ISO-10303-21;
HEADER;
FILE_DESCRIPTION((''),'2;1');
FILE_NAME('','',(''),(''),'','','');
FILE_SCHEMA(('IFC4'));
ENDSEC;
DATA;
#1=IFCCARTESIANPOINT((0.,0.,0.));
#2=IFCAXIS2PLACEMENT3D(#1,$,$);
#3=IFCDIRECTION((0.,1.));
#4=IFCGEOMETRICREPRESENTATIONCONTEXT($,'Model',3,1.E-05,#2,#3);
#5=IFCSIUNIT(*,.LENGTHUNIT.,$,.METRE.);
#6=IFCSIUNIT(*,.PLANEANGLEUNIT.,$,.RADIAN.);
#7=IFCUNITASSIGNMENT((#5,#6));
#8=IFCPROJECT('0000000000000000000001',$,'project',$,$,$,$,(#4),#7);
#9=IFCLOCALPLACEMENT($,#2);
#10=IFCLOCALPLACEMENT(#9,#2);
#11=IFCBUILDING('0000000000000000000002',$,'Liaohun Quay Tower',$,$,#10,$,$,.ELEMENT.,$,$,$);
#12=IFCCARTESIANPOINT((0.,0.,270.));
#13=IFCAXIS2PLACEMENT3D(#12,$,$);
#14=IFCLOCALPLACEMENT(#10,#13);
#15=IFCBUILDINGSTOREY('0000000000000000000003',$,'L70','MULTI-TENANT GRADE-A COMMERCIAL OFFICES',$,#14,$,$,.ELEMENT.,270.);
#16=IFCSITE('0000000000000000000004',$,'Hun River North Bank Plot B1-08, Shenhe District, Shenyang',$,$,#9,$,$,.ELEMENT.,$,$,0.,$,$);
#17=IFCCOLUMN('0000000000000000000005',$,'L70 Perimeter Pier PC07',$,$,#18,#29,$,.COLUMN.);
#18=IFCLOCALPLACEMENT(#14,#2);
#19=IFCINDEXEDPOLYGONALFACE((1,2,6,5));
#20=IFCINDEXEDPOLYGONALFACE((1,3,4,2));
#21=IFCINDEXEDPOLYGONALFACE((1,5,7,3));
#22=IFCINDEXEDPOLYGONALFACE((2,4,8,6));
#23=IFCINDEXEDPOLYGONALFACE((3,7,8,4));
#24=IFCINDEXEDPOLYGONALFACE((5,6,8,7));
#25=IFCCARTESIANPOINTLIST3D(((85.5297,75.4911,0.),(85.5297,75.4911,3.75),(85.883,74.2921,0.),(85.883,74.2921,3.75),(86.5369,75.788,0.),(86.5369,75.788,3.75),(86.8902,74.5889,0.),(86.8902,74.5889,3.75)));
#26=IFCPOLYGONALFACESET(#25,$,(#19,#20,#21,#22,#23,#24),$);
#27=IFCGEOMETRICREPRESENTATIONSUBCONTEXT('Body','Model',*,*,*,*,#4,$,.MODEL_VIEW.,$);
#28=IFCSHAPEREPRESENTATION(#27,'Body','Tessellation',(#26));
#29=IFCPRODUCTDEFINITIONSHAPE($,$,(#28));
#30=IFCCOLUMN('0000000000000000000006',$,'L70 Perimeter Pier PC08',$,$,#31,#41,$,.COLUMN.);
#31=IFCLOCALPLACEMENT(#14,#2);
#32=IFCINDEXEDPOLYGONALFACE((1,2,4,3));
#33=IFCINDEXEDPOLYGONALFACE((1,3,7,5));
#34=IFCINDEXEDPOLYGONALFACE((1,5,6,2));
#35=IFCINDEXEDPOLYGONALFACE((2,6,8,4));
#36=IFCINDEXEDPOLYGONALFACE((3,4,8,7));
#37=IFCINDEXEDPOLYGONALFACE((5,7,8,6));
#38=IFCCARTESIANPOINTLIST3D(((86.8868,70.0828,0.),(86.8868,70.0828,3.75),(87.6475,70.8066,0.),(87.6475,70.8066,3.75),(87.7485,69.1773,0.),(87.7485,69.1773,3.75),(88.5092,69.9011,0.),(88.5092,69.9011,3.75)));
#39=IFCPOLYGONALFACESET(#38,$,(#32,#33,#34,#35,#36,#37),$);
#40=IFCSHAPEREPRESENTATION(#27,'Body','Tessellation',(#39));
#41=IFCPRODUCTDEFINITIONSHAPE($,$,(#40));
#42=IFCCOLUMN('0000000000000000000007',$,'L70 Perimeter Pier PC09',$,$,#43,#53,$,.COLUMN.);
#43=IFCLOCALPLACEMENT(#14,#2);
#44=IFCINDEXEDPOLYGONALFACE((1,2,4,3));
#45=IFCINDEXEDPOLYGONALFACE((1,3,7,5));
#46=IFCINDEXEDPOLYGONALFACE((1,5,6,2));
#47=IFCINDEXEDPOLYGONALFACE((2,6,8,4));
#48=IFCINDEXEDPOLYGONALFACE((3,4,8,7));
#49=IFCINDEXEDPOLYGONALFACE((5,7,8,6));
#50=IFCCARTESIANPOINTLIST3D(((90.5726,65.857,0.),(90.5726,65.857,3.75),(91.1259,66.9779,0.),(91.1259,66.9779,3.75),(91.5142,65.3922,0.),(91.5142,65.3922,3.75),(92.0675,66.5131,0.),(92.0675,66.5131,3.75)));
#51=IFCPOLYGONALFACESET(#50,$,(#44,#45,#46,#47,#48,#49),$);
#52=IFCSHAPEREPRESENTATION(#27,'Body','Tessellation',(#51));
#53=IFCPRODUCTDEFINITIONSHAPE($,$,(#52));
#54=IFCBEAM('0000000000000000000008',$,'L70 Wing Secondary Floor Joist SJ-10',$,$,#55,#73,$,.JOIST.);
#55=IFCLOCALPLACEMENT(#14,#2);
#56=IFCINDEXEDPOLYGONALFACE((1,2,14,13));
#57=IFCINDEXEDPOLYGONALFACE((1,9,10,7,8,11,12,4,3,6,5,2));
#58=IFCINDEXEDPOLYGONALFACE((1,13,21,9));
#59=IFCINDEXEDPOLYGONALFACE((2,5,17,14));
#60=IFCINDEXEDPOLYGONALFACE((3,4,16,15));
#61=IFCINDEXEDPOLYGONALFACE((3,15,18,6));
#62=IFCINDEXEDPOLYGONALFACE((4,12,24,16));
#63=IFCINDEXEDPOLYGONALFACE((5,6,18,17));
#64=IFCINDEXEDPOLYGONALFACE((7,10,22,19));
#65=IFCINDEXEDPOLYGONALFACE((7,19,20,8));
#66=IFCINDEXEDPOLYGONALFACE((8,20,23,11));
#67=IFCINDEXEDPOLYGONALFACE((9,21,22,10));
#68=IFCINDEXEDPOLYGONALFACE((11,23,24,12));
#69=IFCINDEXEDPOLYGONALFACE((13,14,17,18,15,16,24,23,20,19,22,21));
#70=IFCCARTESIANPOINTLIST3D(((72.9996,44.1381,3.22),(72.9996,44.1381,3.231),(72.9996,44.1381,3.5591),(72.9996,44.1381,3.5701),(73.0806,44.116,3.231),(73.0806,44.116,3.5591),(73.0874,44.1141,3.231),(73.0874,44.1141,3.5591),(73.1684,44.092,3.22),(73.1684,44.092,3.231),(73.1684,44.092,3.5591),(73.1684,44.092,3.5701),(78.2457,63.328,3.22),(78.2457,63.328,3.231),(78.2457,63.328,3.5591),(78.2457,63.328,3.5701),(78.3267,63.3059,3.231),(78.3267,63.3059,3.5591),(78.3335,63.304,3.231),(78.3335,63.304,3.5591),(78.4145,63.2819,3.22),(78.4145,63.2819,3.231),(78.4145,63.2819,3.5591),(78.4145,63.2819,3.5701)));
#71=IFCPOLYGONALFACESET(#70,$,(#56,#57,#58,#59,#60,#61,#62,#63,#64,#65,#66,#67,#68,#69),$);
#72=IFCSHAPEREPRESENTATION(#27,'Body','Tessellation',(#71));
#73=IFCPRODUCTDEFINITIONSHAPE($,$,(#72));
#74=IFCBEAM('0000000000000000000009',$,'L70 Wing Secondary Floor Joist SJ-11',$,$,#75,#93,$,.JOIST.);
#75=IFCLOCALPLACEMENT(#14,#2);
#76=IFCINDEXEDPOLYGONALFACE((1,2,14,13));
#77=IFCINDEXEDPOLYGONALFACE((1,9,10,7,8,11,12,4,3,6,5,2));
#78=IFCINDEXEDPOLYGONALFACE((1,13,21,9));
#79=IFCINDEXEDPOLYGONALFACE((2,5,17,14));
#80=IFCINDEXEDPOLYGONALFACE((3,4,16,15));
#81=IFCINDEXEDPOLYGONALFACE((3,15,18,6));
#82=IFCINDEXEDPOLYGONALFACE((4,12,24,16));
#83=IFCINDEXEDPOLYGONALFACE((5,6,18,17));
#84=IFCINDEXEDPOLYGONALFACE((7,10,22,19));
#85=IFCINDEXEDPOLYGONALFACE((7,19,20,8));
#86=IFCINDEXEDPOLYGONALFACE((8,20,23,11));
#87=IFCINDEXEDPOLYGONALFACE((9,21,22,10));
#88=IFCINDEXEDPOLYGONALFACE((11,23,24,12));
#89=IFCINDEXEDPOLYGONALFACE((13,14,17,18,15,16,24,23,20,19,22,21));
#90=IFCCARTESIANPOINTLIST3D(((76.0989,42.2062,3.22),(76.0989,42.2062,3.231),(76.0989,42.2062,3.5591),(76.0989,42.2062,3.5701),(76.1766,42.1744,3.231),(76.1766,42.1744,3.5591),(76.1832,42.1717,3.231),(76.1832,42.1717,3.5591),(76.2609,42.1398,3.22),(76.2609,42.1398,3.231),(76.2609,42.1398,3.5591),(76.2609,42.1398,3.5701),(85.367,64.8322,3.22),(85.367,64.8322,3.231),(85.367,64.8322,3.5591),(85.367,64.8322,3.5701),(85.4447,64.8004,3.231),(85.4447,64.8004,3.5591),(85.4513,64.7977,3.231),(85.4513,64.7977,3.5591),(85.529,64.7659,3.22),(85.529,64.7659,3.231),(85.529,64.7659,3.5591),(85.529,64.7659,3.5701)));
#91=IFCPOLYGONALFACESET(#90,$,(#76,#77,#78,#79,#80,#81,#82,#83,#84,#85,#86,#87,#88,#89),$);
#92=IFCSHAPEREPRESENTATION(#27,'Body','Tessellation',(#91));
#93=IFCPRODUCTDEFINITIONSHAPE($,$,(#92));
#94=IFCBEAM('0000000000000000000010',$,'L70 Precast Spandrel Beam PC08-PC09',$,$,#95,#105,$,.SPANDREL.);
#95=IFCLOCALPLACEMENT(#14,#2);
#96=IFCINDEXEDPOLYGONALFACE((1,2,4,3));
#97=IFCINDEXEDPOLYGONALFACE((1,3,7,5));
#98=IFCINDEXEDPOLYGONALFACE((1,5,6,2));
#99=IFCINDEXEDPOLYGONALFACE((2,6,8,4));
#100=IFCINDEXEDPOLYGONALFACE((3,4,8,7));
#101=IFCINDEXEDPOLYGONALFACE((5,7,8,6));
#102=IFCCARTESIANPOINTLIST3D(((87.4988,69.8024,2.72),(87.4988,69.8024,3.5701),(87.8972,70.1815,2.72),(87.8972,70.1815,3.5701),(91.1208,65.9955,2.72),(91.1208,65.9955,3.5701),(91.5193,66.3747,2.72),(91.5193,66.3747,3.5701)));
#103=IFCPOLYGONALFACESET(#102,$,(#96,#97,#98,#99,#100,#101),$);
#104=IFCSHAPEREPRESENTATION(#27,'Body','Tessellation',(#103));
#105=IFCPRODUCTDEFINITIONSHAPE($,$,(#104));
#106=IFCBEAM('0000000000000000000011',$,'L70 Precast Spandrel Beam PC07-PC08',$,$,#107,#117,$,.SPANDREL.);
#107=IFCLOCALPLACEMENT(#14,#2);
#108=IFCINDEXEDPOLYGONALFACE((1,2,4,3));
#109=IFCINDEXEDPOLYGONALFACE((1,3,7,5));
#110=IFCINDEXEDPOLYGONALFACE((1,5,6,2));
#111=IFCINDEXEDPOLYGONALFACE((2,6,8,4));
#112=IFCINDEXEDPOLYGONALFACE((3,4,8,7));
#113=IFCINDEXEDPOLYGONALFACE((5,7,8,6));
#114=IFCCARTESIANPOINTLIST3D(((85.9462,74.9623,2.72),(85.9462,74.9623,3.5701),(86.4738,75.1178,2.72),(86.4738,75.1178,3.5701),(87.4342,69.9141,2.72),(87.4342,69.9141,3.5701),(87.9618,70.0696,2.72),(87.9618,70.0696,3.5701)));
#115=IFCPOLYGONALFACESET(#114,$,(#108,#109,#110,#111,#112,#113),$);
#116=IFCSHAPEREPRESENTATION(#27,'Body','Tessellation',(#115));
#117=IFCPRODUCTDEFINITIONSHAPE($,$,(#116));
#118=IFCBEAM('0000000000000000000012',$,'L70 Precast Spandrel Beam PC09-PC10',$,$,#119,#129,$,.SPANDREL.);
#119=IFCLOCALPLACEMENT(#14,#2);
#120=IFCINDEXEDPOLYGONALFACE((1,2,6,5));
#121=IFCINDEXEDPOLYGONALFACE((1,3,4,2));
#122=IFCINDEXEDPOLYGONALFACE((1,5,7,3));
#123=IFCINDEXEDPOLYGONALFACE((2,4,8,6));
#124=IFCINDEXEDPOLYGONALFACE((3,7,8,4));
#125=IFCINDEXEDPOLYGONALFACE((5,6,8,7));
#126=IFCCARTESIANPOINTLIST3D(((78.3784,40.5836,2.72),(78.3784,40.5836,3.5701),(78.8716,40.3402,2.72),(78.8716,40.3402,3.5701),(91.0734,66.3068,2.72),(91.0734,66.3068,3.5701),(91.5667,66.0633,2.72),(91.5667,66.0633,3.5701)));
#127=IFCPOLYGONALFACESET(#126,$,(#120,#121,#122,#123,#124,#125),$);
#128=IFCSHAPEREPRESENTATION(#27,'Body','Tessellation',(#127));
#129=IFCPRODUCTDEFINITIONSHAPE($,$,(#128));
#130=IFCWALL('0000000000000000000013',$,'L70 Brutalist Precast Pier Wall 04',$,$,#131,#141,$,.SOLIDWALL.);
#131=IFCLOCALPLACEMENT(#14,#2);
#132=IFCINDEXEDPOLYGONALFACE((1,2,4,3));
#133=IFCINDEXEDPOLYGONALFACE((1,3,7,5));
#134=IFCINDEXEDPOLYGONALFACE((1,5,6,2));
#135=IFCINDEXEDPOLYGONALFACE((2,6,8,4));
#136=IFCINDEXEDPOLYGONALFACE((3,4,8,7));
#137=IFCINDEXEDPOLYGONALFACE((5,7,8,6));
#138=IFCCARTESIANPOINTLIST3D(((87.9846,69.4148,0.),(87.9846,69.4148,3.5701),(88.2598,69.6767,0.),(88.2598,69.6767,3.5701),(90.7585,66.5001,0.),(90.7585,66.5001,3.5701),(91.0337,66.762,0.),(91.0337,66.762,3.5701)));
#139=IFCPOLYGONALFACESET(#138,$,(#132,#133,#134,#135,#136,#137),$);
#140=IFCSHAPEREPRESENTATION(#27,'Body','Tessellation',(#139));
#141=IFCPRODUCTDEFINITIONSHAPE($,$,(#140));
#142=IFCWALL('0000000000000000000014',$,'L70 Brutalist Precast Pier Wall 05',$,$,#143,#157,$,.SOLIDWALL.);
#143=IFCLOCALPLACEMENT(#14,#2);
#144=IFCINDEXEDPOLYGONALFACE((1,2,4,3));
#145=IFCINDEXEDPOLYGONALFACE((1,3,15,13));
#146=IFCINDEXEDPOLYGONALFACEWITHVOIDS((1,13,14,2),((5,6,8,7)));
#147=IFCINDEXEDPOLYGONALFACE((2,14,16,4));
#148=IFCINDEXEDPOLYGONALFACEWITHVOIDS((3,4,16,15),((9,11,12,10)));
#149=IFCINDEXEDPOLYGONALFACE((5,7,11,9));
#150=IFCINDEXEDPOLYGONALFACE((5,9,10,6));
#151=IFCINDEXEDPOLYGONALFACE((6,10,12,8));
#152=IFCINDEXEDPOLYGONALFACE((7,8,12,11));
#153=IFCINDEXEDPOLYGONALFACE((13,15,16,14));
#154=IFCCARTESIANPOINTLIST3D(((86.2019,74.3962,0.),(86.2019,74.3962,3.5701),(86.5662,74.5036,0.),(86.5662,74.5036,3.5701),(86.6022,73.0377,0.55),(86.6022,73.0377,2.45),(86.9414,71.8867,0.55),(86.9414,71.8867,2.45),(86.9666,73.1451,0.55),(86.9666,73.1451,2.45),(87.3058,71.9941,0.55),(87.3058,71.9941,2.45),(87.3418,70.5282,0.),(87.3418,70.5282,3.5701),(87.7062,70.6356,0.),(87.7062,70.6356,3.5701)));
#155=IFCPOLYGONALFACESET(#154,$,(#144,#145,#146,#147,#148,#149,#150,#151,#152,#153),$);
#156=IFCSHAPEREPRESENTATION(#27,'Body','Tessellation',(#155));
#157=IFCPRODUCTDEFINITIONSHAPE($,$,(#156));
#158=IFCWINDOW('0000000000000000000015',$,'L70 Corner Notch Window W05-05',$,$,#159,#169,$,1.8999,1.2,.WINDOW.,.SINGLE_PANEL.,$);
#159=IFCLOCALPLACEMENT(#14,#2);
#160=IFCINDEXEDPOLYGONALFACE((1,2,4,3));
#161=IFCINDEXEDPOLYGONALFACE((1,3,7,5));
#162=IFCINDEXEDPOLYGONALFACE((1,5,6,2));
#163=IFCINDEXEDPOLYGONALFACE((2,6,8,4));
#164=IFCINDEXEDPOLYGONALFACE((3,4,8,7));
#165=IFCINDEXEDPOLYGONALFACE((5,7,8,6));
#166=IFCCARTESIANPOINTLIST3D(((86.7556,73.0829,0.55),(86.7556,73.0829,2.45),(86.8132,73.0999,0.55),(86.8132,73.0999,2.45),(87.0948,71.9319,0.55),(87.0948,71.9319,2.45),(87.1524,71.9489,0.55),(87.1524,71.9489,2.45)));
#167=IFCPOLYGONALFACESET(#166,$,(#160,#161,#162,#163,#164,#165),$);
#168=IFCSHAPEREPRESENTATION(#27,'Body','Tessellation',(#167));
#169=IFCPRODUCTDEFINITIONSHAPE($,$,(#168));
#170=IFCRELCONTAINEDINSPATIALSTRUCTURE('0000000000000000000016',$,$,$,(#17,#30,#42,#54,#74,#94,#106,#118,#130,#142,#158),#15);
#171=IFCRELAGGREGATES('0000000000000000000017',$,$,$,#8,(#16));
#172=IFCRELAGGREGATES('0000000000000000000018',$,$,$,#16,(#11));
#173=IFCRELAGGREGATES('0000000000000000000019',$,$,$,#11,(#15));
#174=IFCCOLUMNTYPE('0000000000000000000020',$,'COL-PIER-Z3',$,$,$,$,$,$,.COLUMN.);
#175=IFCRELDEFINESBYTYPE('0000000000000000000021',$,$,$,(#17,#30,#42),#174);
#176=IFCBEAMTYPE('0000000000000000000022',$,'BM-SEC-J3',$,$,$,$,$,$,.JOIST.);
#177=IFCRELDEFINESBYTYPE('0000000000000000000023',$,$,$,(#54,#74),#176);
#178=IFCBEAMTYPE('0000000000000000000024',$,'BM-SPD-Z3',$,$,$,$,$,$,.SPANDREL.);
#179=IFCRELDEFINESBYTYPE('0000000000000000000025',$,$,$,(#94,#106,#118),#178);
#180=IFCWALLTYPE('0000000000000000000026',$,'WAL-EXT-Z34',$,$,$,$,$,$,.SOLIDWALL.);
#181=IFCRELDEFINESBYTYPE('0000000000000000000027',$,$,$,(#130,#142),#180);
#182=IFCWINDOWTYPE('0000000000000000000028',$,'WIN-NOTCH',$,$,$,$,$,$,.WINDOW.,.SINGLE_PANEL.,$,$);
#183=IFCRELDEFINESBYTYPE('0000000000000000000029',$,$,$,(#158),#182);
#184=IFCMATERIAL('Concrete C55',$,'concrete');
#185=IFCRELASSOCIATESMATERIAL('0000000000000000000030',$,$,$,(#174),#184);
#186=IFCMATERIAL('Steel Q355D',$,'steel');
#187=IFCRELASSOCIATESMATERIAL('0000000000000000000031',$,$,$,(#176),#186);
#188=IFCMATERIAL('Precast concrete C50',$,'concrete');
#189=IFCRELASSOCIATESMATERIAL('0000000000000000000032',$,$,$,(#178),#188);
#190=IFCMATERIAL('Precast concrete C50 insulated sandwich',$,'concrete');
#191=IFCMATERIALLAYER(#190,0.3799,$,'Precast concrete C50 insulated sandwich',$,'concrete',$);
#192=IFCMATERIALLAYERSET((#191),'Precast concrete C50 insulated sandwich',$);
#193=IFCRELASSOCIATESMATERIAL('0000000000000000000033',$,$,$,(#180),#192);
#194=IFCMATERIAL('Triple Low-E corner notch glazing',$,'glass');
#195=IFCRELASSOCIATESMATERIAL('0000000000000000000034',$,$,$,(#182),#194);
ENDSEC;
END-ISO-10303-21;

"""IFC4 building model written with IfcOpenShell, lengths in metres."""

from ifc_helpers import new_model, si_unit, direction, frame, frame_2d, origin, origin_2d, place, context, subcontext, project, spatial, rectangle, i_section, extrude, source, transform, mapped, material, layer, layer_set, material_profile, profile_set, type_object, element, fill, save


model = new_model("IFC4")

# Units and contexts
model_context = context("Model", 3, precision=1e-05, world=origin(), true_north=direction((0.0, 1.0)))
body_context = subcontext(model_context, "Body", "Model", "MODEL_VIEW")
ifc_project = project(units=[si_unit("LENGTHUNIT", "METRE"), si_unit("PLANEANGLEUNIT", "RADIAN")], contexts=[model_context])

# Site, building, storey
site_placement = place(None, origin())
site = spatial("IfcSite", under=ifc_project, at=site_placement, Name="Hun River North Bank Plot B1-08, Shenhe District, Shenyang", CompositionType="ELEMENT", RefElevation=0.0)
building_placement = place(site_placement, origin())
building = spatial("IfcBuilding", under=site, at=building_placement, Name="Liaohun Quay Tower", CompositionType="ELEMENT")
storey_placement = place(building_placement, frame((0.0, 0.0, 270.0)))
storey = spatial("IfcBuildingStorey", under=building, at=storey_placement, Name="L70", Description="MULTI-TENANT GRADE-A COMMERCIAL OFFICES", CompositionType="ELEMENT", Elevation=270.0)

# Columns
ifc_material_1 = material(Name="Concrete C55", Category="concrete")
ifc_material_profile_1 = material_profile(ifc_material_1, rectangle(XDim=1.25, YDim=1.05, at=origin_2d()), Name="RC1250x1050")
ifc_profile_set_1 = profile_set([ifc_material_profile_1], Name="Concrete C55")
column_type = type_object("IfcColumnType", Name="COL-PIER-Z3", PredefinedType="COLUMN", material=ifc_profile_set_1)
shared_shape_1 = source(origin(), body_context, "Body", "SweptSolid", [
    extrude(rectangle(XDim=1.25, YDim=1.05, at=origin_2d()), origin(), (0.0, 0.0, 1.0), 3.75),
])
for number, where, z_axis, x_axis, name in (
    (1, (86.21, 75.04, 0.0), (0.0, 0.0, 1.0), (-0.282676, 0.959215, 0.0), "L70 Perimeter Pier PC07"),
    (2, (87.698, 69.9919, 0.0), (0.0, 0.0, 1.0), (-0.689367, 0.724413, 0.0), "L70 Perimeter Pier PC08"),
    (3, (91.3201, 66.1851, 0.0), (0.0, 0.0, 1.0), (0.442602, 0.896718, 0.0), "L70 Perimeter Pier PC09"),
):
    element("IfcColumn", number, at=place(storey_placement, frame(where, z_axis=z_axis, x_axis=x_axis)), inside=storey, type_object=column_type, Name=name, PredefinedType="COLUMN", context=body_context, shape_type="MappedRepresentation", body=[
        mapped(shared_shape_1, transform((0.0, 0.0, 0.0), x_axis=(1.0, 0.0, 0.0), y_axis=(0.0, 1.0, 0.0), z_axis=(0.0, 0.0, 1.0), scale=1.0)),
    ])

# Beams
ifc_material_2 = material(Name="Steel Q355D", Category="steel")
ifc_material_profile_2 = material_profile(ifc_material_2, i_section(OverallWidth=0.175, OverallDepth=0.3501, WebThickness=0.0071, FlangeThickness=0.011, at=origin_2d()), Name="HN350x175x7x11")
ifc_profile_set_2 = profile_set([ifc_material_profile_2], Name="Steel Q355D")
beam_type_1 = type_object("IfcBeamType", Name="BM-SEC-J3", PredefinedType="JOIST", material=ifc_profile_set_2)
shared_shape_2 = source(origin(), body_context, "Body", "SweptSolid", [
    extrude(i_section(OverallWidth=0.175, OverallDepth=0.3501, WebThickness=0.0071, FlangeThickness=0.011, at=origin_2d()), origin(), (0.0, 0.0, 1.0), 19.894),
])
beam_1_placement = place(storey_placement, frame((78.3301, 63.3049, 3.395), z_axis=(-0.263701, -0.964604, 0.0), x_axis=(0.964604, -0.263701, 0.0)))
element("IfcBeam", 4, at=beam_1_placement, inside=storey, type_object=beam_type_1, Name="L70 Wing Secondary Floor Joist SJ-10", PredefinedType="JOIST", context=body_context, shape_type="MappedRepresentation", body=[
    mapped(shared_shape_2, transform((0.0, 0.0, 0.0), x_axis=(1.0, 0.0, 0.0), y_axis=(0.0, 1.0, 0.0), z_axis=(0.0, 0.0, 1.0), scale=1.0)),
])
shared_shape_3 = source(origin(), body_context, "Body", "SweptSolid", [
    extrude(i_section(OverallWidth=0.175, OverallDepth=0.3501, WebThickness=0.0071, FlangeThickness=0.011, at=origin_2d()), origin(), (0.0, 0.0, 1.0), 24.4507),
])
beam_2_placement = place(storey_placement, frame((85.448, 64.7991, 3.395), z_axis=(-0.379053, -0.925375, 0.0), x_axis=(0.925375, -0.379053, 0.0)))
element("IfcBeam", 5, at=beam_2_placement, inside=storey, type_object=beam_type_1, Name="L70 Wing Secondary Floor Joist SJ-11", PredefinedType="JOIST", context=body_context, shape_type="MappedRepresentation", body=[
    mapped(shared_shape_3, transform((0.0, 0.0, 0.0), x_axis=(1.0, 0.0, 0.0), y_axis=(0.0, 1.0, 0.0), z_axis=(0.0, 0.0, 1.0), scale=1.0)),
])
ifc_material_3 = material(Name="Precast concrete C50", Category="concrete")
ifc_material_profile_3 = material_profile(ifc_material_3, rectangle(XDim=0.55, YDim=0.8501, at=origin_2d()), Name="RC550x850")
ifc_profile_set_3 = profile_set([ifc_material_profile_3], Name="Precast concrete C50")
beam_type_2 = type_object("IfcBeamType", Name="BM-SPD-Z3", PredefinedType="SPANDREL", material=ifc_profile_set_3)
shared_shape_4 = source(origin(), body_context, "Body", "SweptSolid", [
    extrude(rectangle(XDim=0.55, YDim=0.8501, at=origin_2d()), origin(), (0.0, 0.0, 1.0), 5.2546),
])
beam_3_placement = place(storey_placement, frame((87.698, 69.9919, 3.145), z_axis=(0.689302, -0.724474, 0.0), x_axis=(0.724474, 0.689302, 0.0)))
element("IfcBeam", 6, at=beam_3_placement, inside=storey, type_object=beam_type_2, Name="L70 Precast Spandrel Beam PC08-PC09", PredefinedType="SPANDREL", context=body_context, shape_type="MappedRepresentation", body=[
    mapped(shared_shape_4, transform((0.0, 0.0, 0.0), x_axis=(1.0, 0.0, 0.0), y_axis=(0.0, 1.0, 0.0), z_axis=(0.0, 0.0, 1.0), scale=1.0)),
])
shared_shape_5 = source(origin(), body_context, "Body", "SweptSolid", [
    extrude(rectangle(XDim=0.55, YDim=0.8501, at=origin_2d()), origin(), (0.0, 0.0, 1.0), 5.2629),
])
beam_4_placement = place(storey_placement, frame((86.21, 75.04, 3.145), z_axis=(0.282744, -0.959195, 0.0), x_axis=(0.959195, 0.282744, 0.0)))
element("IfcBeam", 7, at=beam_4_placement, inside=storey, type_object=beam_type_2, Name="L70 Precast Spandrel Beam PC07-PC08", PredefinedType="SPANDREL", context=body_context, shape_type="MappedRepresentation", body=[
    mapped(shared_shape_5, transform((0.0, 0.0, 0.0), x_axis=(1.0, 0.0, 0.0), y_axis=(0.0, 1.0, 0.0), z_axis=(0.0, 0.0, 1.0), scale=1.0)),
])
shared_shape_6 = source(origin(), body_context, "Body", "SweptSolid", [
    extrude(rectangle(XDim=0.55, YDim=0.8501, at=origin_2d()), origin(), (0.0, 0.0, 1.0), 28.6853),
])
beam_5_placement = place(storey_placement, frame((91.3201, 66.1851, 3.145), z_axis=(-0.442564, -0.896737, 0.0), x_axis=(0.896737, -0.442564, 0.0)))
element("IfcBeam", 8, at=beam_5_placement, inside=storey, type_object=beam_type_2, Name="L70 Precast Spandrel Beam PC09-PC10", PredefinedType="SPANDREL", context=body_context, shape_type="MappedRepresentation", body=[
    mapped(shared_shape_6, transform((0.0, 0.0, 0.0), x_axis=(1.0, 0.0, 0.0), y_axis=(0.0, 1.0, 0.0), z_axis=(0.0, 0.0, 1.0), scale=1.0)),
])

# Wall
ifc_material_4 = material(Name="Precast concrete C50 insulated sandwich", Category="concrete")
ifc_layer_1 = layer(ifc_material_4, 0.3799, Name="Precast concrete C50 insulated sandwich", Category="concrete")
ifc_layer_set_1 = layer_set([ifc_layer_1], Name="Precast concrete C50 insulated sandwich")
wall_type_1 = type_object("IfcWallType", Name="WAL-EXT-Z34", PredefinedType="SOLIDWALL", material=ifc_layer_set_1)
wall_1_placement = place(storey_placement, frame((90.896, 66.6311, 0.0), z_axis=(0.0, 0.0, 1.0), x_axis=(-0.689385, 0.724395, 0.0)))
element("IfcWall", 9, at=wall_1_placement, inside=storey, type_object=wall_type_1, Name="L70 Brutalist Precast Pier Wall 04", PredefinedType="SOLIDWALL", context=body_context, shape_type="SweptSolid", body=[
    extrude(rectangle(XDim=4.0237, YDim=0.3799, at=frame_2d((2.0117, 0.0))), origin(), (0.0, 0.0, 1.0), 3.5701),
])

# Wall, opening, window
wall_2_placement = place(storey_placement, frame((87.5239, 70.582, 0.0), z_axis=(0.0, 0.0, 1.0), x_axis=(-0.282684, 0.959213, 0.0)))
wall_2 = element("IfcWall", 10, at=wall_2_placement, inside=storey, type_object=wall_type_1, Name="L70 Brutalist Precast Pier Wall 05", PredefinedType="SOLIDWALL", context=body_context, shape_type="SweptSolid", body=[
    extrude(rectangle(XDim=4.0325, YDim=0.3799, at=frame_2d((2.0161, 0.0))), origin(), (0.0, 0.0, 1.0), 3.5701),
])
shared_shape_7 = source(origin(), body_context, "Body", "SweptSolid", [
    extrude(rectangle(XDim=1.2, YDim=1.8999, at=frame_2d((0.6001, 0.95))), frame((0.0, 0.2, 0.0), z_axis=(0.0, -1.0, 0.0), x_axis=(1.0, 0.0, 0.0)), (0.0, 0.0, 1.0), 0.3999),
])
opening_1_placement = place(wall_2_placement, frame((1.416, 0.0, 0.55)))
opening_1 = element("IfcOpeningElement", 11, at=opening_1_placement, cuts=wall_2, PredefinedType="OPENING", context=body_context, shape_type="MappedRepresentation", body=[
    mapped(shared_shape_7, transform((0.0, 0.0, 0.0), x_axis=(1.0, 0.0, 0.0), y_axis=(0.0, 1.0, 0.0), z_axis=(0.0, 0.0, 1.0), scale=1.0)),
])
ifc_material_5 = material(Name="Triple Low-E corner notch glazing", Category="glass")
window_type_1 = type_object("IfcWindowType", Name="WIN-NOTCH", PartitioningType="SINGLE_PANEL", PredefinedType="WINDOW", material=ifc_material_5)
shared_shape_8 = source(origin(), body_context, "Body", "SweptSolid", [
    extrude(rectangle(XDim=1.2, YDim=1.8999, at=frame_2d((0.6001, 0.95))), frame((0.0, 0.03, 0.0), z_axis=(0.0, -1.0, 0.0), x_axis=(1.0, 0.0, 0.0)), (0.0, 0.0, 1.0), 0.0601),
])
window_1_placement = place(opening_1_placement, origin())
window_1 = element("IfcWindow", 12, at=window_1_placement, inside=storey, type_object=window_type_1, Name="L70 Corner Notch Window W05-05", OverallHeight=1.8999, OverallWidth=1.2, PartitioningType="SINGLE_PANEL", PredefinedType="WINDOW", context=body_context, shape_type="MappedRepresentation", body=[
    mapped(shared_shape_8, transform((0.0, 0.0, 0.0), x_axis=(1.0, 0.0, 0.0), y_axis=(0.0, 1.0, 0.0), z_axis=(0.0, 0.0, 1.0), scale=1.0)),
])
fill(opening_1, window_1)

save(model, "model.ifc")
